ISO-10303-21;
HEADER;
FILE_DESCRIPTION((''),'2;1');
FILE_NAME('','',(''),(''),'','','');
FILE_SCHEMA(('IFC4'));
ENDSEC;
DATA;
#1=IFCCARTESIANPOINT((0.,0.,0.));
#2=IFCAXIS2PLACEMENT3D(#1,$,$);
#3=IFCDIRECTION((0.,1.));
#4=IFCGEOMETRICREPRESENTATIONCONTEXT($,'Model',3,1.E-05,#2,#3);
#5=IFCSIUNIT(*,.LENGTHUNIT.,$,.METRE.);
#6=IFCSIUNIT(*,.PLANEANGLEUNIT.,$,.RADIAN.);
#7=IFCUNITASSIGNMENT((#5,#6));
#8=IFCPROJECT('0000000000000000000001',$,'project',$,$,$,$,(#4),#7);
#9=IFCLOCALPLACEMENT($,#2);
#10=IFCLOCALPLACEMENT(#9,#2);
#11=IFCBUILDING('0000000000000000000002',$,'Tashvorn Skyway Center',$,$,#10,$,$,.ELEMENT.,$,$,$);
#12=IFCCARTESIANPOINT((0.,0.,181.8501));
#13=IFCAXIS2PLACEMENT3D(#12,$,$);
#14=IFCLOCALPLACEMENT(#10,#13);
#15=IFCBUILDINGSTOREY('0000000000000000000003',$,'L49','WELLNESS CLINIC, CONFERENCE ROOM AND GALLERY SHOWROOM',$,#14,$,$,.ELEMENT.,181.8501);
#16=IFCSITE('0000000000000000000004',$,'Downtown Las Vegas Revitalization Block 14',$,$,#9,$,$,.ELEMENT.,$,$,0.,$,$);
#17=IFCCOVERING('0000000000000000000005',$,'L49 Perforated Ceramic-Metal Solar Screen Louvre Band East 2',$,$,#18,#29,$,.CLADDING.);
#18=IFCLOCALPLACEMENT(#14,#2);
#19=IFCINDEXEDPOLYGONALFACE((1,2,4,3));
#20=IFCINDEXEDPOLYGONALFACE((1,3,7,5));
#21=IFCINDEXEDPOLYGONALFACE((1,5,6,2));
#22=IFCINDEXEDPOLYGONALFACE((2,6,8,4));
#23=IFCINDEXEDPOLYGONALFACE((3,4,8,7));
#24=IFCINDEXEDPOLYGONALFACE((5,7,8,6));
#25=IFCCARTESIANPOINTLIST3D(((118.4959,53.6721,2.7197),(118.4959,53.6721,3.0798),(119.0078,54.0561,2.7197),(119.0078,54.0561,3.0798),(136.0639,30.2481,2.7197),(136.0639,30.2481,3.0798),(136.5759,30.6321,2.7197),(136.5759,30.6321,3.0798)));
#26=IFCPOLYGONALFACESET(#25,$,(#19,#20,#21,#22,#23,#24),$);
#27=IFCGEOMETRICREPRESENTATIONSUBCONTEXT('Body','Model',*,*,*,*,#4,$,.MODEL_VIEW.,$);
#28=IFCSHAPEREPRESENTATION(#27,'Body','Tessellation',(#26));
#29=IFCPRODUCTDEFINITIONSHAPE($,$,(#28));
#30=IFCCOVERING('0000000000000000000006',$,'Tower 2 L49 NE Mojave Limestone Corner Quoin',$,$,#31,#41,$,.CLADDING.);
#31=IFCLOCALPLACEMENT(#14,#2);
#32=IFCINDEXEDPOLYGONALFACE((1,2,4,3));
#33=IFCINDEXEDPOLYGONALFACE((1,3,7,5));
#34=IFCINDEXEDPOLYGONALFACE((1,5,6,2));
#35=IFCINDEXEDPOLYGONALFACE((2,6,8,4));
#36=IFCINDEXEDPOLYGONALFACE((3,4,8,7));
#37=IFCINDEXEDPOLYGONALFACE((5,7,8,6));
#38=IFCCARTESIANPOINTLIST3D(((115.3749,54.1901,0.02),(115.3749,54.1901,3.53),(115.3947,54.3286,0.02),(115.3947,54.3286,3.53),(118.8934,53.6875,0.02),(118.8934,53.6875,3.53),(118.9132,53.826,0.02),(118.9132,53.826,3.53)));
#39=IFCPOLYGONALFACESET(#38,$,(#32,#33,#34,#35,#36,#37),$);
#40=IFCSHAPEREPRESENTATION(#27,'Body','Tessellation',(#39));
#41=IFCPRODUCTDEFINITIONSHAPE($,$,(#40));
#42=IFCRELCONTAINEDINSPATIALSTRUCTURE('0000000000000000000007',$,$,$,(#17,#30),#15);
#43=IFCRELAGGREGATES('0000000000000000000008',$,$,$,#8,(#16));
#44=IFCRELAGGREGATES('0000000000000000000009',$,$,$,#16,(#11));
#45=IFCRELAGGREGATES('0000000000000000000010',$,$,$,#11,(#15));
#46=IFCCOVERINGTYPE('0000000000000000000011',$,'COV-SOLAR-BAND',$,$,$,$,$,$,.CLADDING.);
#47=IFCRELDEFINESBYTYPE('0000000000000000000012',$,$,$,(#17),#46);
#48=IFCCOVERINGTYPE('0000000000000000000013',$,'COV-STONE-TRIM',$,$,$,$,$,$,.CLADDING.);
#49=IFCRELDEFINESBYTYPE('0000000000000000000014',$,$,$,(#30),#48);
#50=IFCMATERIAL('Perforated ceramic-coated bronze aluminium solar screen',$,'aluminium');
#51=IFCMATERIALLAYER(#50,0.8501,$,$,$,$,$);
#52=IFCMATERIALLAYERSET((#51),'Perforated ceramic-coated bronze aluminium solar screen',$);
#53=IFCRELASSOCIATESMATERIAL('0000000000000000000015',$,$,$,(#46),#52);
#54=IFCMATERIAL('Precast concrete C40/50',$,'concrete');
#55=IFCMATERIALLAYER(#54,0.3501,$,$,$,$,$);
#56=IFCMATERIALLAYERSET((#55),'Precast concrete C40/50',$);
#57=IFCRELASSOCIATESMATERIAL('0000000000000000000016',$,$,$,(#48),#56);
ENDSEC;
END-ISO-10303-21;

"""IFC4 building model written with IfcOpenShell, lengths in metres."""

from ifc_helpers import new_model, si_unit, direction, frame, origin, origin_2d, place, context, subcontext, project, spatial, rectangle, extrude, material, layer, layer_set, type_object, element, save


model = new_model("IFC4")

# Units and contexts
model_context = context("Model", 3, precision=1e-05, world=origin(), true_north=direction((0.0, 1.0)))
body_context = subcontext(model_context, "Body", "Model", "MODEL_VIEW")
ifc_project = project(units=[si_unit("LENGTHUNIT", "METRE"), si_unit("PLANEANGLEUNIT", "RADIAN")], contexts=[model_context])

# Site, building, storey
site_placement = place(None, origin())
site = spatial("IfcSite", under=ifc_project, at=site_placement, Name="Downtown Las Vegas Revitalization Block 14", CompositionType="ELEMENT", RefElevation=0.0)
building_placement = place(site_placement, origin())
building = spatial("IfcBuilding", under=site, at=building_placement, Name="Tashvorn Skyway Center", CompositionType="ELEMENT")
storey_placement = place(building_placement, frame((0.0, 0.0, 181.8501)))
storey = spatial("IfcBuildingStorey", under=building, at=storey_placement, Name="L49", Description="WELLNESS CLINIC, CONFERENCE ROOM AND GALLERY SHOWROOM", CompositionType="ELEMENT", Elevation=181.8501)

# Shared definitions
ifc_material_1 = material(Name="Precast concrete C40/50", Category="concrete")

# Coverings
ifc_material_2 = material(Name="Perforated ceramic-coated bronze aluminium solar screen", Category="aluminium")
ifc_layer_1 = layer(ifc_material_2, 0.8501)
ifc_layer_set_1 = layer_set([ifc_layer_1], Name="Perforated ceramic-coated bronze aluminium solar screen")
covering_type_1 = type_object("IfcCoveringType", Name="COV-SOLAR-BAND", PredefinedType="CLADDING", material=ifc_layer_set_1)
for number, where, z_axis, x_axis, name in (
    (1, (127.5359, 42.1521, 2.7197), (0.0, 0.0, 1.0), (0.6, -0.8, 0.0), "L49 Perforated Ceramic-Metal Solar Screen Louvre Band East 2"),
):
    element("IfcCovering", number, at=place(storey_placement, frame(where, z_axis=z_axis, x_axis=x_axis)), inside=storey, type_object=covering_type_1, Name=name, PredefinedType="CLADDING", context=body_context, shape_type="SweptSolid", body=[
        extrude(rectangle(XDim=29.28, YDim=0.6399, at=origin_2d()), origin(), (0.0, 0.0, 1.0), 0.3601),
    ])
ifc_layer_2 = layer(ifc_material_1, 0.3501)
ifc_layer_set_2 = layer_set([ifc_layer_2], Name="Precast concrete C40/50")
covering_type_2 = type_object("IfcCoveringType", Name="COV-STONE-TRIM", PredefinedType="CLADDING", material=ifc_layer_set_2)
covering_1_placement = place(storey_placement, frame((117.144, 54.0081, 0.02), z_axis=(0.0, 0.0, 1.0), x_axis=(0.989949, -0.141421, 0.0)))
element("IfcCovering", 2, at=covering_1_placement, inside=storey, type_object=covering_type_2, Name="Tower 2 L49 NE Mojave Limestone Corner Quoin", PredefinedType="CLADDING", context=body_context, shape_type="SweptSolid", body=[
    extrude(rectangle(XDim=3.5542, YDim=0.1399, at=origin_2d()), origin(), (0.0, 0.0, 1.0), 3.51),
])

save(model, "model.ifc")
